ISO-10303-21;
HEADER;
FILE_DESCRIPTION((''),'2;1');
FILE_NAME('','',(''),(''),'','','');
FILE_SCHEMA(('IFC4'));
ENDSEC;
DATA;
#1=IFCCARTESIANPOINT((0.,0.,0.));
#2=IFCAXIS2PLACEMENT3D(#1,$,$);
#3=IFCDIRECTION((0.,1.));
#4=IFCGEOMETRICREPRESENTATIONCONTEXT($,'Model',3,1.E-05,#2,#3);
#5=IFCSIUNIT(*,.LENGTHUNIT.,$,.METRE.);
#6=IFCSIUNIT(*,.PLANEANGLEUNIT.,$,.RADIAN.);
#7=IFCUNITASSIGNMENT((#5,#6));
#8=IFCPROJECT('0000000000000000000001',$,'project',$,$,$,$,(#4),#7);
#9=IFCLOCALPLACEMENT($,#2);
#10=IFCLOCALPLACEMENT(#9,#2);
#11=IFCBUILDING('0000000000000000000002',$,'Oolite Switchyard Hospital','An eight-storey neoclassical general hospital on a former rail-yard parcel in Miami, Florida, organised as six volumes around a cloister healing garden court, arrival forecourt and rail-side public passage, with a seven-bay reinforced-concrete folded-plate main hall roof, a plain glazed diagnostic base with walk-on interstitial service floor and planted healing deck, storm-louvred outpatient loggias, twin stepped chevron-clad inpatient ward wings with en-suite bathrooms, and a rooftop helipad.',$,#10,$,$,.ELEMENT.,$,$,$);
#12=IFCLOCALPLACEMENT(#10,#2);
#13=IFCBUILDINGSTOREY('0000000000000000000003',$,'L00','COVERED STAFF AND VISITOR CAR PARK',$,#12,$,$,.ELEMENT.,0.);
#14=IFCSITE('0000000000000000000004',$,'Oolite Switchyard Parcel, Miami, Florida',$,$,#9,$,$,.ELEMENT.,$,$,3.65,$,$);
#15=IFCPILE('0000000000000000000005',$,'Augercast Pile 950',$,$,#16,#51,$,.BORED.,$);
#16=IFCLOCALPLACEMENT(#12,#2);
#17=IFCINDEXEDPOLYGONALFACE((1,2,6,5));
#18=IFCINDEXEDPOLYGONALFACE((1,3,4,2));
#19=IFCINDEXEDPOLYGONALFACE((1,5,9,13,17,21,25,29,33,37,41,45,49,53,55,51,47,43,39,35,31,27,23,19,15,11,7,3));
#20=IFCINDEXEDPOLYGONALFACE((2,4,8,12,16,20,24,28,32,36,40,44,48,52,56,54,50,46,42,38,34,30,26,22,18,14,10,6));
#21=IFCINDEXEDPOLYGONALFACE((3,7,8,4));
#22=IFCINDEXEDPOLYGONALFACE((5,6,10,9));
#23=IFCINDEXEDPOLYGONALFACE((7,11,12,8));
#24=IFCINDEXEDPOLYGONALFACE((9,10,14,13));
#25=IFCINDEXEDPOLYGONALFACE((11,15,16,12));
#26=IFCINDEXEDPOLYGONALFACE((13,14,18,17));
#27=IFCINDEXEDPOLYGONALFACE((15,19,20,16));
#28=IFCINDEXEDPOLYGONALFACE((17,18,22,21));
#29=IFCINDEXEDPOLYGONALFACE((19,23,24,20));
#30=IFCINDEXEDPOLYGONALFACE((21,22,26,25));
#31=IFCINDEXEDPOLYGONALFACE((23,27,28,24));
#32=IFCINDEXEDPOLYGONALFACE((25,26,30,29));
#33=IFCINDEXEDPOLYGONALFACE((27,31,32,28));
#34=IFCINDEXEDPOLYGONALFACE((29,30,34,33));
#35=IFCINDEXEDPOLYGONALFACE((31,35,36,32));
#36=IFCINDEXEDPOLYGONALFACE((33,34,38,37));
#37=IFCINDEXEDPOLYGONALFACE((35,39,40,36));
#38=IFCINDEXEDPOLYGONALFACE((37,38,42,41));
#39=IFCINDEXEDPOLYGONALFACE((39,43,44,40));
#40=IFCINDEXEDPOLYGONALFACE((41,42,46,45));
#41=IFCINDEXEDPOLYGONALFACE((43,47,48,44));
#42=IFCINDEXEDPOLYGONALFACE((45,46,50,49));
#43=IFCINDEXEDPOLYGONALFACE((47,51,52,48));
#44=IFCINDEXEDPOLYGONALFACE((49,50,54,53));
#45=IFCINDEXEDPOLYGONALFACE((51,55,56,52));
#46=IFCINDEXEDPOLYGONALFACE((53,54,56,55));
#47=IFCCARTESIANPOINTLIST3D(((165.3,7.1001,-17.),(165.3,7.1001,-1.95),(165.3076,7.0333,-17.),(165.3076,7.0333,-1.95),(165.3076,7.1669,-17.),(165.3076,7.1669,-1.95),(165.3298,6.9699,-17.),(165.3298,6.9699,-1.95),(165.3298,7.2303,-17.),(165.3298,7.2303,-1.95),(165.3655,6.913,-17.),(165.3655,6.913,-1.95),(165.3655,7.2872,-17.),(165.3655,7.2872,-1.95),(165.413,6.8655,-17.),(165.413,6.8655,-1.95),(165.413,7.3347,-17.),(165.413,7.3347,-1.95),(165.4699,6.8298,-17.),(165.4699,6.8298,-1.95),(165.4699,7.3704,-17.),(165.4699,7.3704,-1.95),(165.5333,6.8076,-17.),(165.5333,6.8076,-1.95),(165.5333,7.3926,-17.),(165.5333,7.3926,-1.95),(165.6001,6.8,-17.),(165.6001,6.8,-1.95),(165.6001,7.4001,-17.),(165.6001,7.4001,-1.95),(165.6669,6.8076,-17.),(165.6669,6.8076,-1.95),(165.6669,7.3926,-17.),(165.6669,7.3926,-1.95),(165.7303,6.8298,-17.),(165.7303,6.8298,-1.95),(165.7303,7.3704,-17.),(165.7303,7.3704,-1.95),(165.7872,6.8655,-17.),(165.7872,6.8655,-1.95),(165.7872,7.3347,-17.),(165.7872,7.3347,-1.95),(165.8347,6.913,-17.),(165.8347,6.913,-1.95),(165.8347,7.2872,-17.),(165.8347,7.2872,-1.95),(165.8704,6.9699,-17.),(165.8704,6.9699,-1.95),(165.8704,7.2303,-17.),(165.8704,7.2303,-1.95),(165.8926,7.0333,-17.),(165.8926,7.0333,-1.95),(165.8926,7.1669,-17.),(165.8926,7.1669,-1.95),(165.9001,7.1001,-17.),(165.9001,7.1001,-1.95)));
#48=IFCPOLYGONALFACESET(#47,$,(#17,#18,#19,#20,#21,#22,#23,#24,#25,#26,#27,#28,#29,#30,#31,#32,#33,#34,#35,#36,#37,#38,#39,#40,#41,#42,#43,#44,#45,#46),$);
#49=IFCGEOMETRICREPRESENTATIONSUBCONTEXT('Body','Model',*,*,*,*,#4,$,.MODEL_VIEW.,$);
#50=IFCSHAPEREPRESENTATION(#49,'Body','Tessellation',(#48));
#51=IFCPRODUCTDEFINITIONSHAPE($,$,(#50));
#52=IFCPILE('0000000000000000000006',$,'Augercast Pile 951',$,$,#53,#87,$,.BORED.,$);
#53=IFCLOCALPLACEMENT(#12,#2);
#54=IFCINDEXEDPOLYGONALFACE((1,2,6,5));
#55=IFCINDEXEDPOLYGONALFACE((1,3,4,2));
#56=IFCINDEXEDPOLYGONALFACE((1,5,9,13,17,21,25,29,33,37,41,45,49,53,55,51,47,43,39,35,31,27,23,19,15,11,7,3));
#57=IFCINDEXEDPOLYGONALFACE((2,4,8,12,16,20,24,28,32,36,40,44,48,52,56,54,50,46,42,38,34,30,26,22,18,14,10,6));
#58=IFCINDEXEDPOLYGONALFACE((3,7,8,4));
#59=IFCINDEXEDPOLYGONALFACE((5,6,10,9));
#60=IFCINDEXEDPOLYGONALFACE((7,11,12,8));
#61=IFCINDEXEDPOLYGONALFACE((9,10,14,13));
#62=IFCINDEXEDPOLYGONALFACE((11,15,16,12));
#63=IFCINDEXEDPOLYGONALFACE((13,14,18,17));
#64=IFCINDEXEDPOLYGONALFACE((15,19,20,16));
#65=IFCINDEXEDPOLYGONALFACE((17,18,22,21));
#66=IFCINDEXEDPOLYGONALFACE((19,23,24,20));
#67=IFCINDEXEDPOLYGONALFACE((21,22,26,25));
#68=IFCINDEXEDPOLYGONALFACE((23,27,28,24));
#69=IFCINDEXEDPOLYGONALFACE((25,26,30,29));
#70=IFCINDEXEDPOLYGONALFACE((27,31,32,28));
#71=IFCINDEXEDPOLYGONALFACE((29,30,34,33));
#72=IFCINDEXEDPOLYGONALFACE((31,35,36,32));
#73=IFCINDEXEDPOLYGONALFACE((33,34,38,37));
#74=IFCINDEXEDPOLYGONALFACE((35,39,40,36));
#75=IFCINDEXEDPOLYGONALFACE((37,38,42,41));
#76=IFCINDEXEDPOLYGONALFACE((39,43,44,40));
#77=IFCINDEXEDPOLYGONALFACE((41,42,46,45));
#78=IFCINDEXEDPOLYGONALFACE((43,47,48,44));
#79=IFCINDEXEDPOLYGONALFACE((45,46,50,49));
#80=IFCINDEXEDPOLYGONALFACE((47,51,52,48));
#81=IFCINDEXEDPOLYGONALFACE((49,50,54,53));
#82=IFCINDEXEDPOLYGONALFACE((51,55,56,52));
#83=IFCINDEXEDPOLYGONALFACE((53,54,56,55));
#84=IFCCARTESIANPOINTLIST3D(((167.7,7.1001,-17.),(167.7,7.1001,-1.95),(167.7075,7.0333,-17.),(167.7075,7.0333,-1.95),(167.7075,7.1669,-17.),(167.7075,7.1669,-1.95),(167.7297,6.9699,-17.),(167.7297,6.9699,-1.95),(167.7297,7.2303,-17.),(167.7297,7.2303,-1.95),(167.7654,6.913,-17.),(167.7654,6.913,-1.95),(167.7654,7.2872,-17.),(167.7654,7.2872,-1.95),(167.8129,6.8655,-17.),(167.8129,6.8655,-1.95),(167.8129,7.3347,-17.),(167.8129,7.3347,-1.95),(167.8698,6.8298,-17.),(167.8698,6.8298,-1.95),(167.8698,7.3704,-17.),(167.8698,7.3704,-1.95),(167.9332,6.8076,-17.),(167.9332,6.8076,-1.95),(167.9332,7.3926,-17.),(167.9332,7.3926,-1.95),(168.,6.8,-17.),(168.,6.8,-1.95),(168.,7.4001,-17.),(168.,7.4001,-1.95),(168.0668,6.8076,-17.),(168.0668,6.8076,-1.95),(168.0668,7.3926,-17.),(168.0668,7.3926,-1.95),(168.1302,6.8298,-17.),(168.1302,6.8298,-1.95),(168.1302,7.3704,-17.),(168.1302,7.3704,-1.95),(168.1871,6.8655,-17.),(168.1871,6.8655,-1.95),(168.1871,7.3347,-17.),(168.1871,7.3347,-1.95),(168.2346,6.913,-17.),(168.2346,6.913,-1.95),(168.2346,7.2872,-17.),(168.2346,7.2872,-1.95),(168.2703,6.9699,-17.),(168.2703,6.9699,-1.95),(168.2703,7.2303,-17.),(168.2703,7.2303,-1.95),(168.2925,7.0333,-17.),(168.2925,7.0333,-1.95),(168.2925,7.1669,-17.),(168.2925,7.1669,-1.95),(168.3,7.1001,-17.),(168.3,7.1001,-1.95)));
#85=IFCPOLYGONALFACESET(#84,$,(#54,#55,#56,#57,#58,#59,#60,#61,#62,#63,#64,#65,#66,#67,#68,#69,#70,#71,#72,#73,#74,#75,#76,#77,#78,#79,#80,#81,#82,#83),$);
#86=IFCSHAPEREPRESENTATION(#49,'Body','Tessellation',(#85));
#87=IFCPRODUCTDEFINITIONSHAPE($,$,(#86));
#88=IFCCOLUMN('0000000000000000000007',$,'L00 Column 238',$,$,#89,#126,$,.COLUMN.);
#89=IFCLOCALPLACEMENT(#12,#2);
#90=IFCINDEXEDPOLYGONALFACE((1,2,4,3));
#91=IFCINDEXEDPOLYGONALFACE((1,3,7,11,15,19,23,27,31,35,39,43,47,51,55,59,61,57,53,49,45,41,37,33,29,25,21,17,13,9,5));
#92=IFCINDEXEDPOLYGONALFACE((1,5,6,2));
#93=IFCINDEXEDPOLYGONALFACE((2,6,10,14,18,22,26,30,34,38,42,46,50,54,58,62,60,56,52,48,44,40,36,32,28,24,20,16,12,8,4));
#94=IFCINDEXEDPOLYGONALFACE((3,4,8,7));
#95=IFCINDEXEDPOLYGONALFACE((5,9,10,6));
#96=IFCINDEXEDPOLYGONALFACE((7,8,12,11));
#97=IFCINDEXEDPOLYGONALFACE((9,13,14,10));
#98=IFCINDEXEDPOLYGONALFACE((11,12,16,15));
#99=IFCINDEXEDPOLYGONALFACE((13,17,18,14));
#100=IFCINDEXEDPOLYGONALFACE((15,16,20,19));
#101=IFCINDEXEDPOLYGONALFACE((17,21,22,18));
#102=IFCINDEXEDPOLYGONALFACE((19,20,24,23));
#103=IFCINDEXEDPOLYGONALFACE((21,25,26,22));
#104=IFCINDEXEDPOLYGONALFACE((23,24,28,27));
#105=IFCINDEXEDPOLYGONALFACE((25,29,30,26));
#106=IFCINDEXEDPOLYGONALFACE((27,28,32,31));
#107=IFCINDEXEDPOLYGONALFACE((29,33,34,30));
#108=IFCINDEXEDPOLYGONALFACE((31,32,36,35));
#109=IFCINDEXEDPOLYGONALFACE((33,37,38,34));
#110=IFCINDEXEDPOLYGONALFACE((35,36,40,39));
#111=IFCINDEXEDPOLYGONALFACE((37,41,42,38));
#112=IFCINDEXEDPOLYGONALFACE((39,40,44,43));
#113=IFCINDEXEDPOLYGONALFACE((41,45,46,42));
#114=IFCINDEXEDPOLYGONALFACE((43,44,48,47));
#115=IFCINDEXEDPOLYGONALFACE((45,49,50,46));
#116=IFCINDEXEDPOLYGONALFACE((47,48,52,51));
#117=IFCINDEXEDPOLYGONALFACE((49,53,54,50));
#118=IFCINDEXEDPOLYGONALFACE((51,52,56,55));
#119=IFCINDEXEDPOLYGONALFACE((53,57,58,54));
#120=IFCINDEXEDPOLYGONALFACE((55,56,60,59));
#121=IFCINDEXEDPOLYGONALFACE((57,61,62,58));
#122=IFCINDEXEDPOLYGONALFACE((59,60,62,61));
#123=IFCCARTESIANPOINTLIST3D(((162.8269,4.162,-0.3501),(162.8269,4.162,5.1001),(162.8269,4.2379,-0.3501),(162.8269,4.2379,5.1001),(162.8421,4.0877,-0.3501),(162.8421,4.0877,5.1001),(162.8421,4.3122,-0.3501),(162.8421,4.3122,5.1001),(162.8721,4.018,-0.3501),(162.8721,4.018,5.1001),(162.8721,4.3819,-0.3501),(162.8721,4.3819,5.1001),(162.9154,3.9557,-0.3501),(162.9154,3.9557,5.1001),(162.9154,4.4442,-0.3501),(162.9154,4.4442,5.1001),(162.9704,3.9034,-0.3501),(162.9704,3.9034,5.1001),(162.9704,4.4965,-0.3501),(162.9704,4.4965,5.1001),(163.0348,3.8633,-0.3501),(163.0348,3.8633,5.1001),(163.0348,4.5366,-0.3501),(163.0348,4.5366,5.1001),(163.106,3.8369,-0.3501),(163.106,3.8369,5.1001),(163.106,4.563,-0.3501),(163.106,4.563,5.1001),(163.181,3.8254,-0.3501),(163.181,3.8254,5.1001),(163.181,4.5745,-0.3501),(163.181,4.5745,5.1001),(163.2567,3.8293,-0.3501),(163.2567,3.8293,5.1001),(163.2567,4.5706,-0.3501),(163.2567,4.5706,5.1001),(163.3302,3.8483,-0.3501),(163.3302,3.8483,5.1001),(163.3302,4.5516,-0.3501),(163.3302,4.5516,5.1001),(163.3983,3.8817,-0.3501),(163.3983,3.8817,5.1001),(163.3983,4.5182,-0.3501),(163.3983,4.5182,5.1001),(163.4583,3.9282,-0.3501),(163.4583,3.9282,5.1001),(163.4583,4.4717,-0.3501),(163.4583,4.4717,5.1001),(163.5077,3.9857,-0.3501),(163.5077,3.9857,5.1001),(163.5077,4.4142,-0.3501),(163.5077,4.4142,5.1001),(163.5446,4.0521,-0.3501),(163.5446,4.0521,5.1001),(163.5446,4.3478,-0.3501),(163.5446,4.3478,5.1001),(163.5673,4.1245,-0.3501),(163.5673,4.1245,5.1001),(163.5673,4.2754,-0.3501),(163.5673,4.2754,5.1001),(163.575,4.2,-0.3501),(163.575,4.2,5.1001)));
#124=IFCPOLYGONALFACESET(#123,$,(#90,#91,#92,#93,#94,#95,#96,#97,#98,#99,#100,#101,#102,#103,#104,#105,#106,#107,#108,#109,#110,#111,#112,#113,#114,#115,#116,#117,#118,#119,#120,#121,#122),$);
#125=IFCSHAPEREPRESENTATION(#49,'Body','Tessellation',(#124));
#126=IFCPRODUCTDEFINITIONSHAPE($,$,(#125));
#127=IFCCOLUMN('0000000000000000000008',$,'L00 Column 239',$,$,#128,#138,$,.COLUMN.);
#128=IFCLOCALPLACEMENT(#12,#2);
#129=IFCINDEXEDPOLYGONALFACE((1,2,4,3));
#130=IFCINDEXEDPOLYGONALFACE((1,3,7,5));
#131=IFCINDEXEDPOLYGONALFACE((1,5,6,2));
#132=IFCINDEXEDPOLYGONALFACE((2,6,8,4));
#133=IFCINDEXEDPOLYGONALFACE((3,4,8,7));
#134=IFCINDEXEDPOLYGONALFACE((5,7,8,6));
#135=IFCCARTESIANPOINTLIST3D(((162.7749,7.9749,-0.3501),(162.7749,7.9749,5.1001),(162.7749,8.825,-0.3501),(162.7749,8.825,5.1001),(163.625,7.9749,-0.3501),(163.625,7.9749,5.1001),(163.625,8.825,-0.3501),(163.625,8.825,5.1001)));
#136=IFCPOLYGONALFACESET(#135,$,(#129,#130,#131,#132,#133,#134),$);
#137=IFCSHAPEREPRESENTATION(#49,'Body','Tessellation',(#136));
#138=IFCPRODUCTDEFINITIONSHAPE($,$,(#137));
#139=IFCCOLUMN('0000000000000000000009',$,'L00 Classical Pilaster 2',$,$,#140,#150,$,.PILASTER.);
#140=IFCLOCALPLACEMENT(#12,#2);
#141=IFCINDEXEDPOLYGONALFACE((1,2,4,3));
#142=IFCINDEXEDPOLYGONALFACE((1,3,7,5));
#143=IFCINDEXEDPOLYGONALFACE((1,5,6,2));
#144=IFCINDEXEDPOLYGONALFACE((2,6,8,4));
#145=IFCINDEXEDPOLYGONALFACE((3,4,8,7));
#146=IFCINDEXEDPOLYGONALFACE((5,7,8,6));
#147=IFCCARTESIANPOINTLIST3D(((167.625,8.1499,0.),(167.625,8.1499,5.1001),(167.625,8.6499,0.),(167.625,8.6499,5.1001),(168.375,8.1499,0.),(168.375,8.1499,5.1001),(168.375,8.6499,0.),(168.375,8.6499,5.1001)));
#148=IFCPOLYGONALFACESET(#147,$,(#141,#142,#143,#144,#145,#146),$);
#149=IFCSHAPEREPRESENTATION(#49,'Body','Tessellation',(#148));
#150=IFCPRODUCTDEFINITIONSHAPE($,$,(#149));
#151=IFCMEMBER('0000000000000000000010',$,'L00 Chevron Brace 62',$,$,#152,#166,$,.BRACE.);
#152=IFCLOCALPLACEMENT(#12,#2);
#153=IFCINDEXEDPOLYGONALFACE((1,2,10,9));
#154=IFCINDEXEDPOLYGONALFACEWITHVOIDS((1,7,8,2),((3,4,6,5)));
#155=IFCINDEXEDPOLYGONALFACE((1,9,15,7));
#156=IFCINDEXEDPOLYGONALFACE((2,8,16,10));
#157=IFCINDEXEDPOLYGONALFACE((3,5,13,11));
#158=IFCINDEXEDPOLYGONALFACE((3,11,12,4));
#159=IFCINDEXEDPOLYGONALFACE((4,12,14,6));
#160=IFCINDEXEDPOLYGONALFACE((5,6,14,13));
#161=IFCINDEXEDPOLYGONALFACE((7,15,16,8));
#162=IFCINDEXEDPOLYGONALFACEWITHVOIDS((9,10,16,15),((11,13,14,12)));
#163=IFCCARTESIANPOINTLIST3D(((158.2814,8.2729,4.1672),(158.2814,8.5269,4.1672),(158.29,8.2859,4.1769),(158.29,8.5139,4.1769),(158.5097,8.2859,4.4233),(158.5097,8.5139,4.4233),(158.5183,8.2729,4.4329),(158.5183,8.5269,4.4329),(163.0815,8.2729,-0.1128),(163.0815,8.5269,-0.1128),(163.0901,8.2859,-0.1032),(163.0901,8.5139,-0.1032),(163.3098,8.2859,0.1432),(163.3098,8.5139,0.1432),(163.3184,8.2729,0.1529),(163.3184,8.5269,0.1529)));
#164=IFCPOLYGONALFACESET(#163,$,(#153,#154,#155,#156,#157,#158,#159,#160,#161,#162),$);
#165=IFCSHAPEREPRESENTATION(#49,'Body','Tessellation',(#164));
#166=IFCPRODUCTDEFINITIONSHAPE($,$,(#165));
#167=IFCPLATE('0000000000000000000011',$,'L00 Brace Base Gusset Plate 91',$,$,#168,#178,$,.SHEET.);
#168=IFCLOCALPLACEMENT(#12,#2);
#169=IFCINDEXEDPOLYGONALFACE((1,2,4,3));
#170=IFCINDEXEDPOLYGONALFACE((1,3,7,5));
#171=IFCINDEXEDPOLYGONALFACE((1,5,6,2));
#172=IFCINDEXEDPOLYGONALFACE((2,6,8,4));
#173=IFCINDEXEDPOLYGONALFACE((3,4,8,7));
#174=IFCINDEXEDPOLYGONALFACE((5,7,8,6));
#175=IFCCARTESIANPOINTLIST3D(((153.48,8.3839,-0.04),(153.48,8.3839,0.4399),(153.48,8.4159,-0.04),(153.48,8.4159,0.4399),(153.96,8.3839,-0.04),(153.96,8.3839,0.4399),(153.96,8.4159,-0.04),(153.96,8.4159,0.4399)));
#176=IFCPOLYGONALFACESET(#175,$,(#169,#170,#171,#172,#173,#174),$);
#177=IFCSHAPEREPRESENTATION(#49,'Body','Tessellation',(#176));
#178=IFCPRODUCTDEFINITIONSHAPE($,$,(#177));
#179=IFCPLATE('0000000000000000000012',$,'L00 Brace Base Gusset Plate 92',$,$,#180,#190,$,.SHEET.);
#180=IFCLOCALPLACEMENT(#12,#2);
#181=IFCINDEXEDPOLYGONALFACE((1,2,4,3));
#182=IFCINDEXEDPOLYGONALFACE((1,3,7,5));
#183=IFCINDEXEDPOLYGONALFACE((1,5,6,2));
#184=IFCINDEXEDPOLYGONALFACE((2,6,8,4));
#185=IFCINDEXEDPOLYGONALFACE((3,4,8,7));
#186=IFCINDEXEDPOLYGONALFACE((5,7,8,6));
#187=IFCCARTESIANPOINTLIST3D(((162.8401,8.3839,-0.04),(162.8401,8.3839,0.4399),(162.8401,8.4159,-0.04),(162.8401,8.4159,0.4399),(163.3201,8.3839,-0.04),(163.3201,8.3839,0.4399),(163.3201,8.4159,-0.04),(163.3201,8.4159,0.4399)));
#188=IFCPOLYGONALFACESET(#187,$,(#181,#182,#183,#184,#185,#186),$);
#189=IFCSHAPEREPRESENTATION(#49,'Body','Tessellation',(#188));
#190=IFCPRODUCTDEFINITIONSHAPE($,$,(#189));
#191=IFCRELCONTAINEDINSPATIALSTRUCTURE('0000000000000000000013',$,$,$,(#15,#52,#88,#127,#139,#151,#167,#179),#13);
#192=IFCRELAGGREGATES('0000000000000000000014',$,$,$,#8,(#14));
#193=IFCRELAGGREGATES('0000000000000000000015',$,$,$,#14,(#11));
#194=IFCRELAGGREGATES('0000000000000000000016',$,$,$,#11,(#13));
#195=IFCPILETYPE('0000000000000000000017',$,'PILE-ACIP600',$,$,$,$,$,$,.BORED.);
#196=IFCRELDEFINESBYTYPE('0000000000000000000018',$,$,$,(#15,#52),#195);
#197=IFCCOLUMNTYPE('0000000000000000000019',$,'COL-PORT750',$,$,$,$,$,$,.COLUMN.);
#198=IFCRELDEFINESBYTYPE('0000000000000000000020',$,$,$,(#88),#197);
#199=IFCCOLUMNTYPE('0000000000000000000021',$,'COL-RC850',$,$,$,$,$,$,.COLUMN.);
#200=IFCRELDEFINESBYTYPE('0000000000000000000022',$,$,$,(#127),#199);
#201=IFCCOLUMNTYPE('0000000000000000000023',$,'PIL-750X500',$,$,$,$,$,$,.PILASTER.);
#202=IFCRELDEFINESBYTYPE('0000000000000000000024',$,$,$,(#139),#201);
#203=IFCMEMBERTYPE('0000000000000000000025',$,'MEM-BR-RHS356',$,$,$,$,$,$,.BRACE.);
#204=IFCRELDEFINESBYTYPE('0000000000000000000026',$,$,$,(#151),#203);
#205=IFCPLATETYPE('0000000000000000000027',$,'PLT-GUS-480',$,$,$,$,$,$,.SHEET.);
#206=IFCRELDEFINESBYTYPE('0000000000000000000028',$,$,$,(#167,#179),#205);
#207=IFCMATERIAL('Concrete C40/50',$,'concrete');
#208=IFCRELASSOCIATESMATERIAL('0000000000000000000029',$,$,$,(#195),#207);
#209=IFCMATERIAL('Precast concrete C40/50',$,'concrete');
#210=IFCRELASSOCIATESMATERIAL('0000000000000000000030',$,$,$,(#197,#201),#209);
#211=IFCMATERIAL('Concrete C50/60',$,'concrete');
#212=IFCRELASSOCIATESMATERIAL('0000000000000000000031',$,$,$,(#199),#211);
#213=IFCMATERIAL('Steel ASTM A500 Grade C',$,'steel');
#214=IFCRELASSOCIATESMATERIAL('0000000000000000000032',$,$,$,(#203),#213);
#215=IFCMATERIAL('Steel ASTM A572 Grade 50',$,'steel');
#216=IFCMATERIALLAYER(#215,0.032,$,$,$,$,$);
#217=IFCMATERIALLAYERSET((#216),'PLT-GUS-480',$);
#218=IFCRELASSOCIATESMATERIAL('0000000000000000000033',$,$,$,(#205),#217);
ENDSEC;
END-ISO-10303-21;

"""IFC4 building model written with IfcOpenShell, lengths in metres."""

from ifc_helpers import new_model, si_unit, direction, frame, origin, origin_2d, place, context, subcontext, project, spatial, rectangle, hollow_rectangle, circle, extrude, material, layer, layer_set, material_profile, profile_set, type_object, element, save


model = new_model("IFC4")

# Units and contexts
model_context = context("Model", 3, precision=1e-05, world=origin(), true_north=direction((0.0, 1.0)))
body_context = subcontext(model_context, "Body", "Model", "MODEL_VIEW")
ifc_project = project(units=[si_unit("LENGTHUNIT", "METRE"), si_unit("PLANEANGLEUNIT", "RADIAN")], contexts=[model_context])

# Site, building, storey
site_placement = place(None, origin())
site = spatial("IfcSite", under=ifc_project, at=site_placement, Name="Oolite Switchyard Parcel, Miami, Florida", CompositionType="ELEMENT", RefElevation=3.65)
building_placement = place(site_placement, origin())
building = spatial("IfcBuilding", under=site, at=building_placement, Name="Oolite Switchyard Hospital", Description="An eight-storey neoclassical general hospital on a former rail-yard parcel in Miami, Florida, organised as six volumes around a cloister healing garden court, arrival forecourt and rail-side public passage, with a seven-bay reinforced-concrete folded-plate main hall roof, a plain glazed diagnostic base with walk-on interstitial service floor and planted healing deck, storm-louvred outpatient loggias, twin stepped chevron-clad inpatient ward wings with en-suite bathrooms, and a rooftop helipad.", CompositionType="ELEMENT")
storey_placement = place(building_placement, origin())
storey = spatial("IfcBuildingStorey", under=building, at=storey_placement, Name="L00", Description="COVERED STAFF AND VISITOR CAR PARK", CompositionType="ELEMENT", Elevation=0.0)

# Shared definitions
ifc_material_1 = material(Name="Concrete C40/50", Category="concrete")

# Piles
ifc_material_profile_1 = material_profile(ifc_material_1, circle(Radius=0.3, at=origin_2d()), Name="PILE600")
ifc_profile_set_1 = profile_set([ifc_material_profile_1], Name="Concrete C40/50")
pile_type = type_object("IfcPileType", Name="PILE-ACIP600", PredefinedType="BORED", material=ifc_profile_set_1)
for number, where, z_axis, x_axis, name in (
    (1, (165.6001, 7.1001, -1.95), (0.0, 0.0, -1.0), (1.0, 0.0, 0.0), "Augercast Pile 950"),
    (2, (168.0, 7.1001, -1.95), (0.0, 0.0, -1.0), (1.0, 0.0, 0.0), "Augercast Pile 951"),
):
    element("IfcPile", number, at=place(storey_placement, frame(where, z_axis=z_axis, x_axis=x_axis)), inside=storey, type_object=pile_type, Name=name, PredefinedType="BORED", context=body_context, shape_type="SweptSolid", body=[
        extrude(circle(Radius=0.3, at=origin_2d()), origin(), (0.0, 0.0, 1.0), 15.05),
    ])

# Columns
ifc_material_2 = material(Name="Precast concrete C40/50", Category="concrete")
ifc_material_profile_2 = material_profile(ifc_material_2, circle(Radius=0.375, at=origin_2d()), Name="RCCOL750")
ifc_profile_set_2 = profile_set([ifc_material_profile_2], Name="Precast concrete C40/50")
column_type_1 = type_object("IfcColumnType", Name="COL-PORT750", PredefinedType="COLUMN", material=ifc_profile_set_2)
column_1_placement = place(storey_placement, frame((163.2, 4.2, -0.3501), z_axis=(0.0, 0.0, 1.0), x_axis=(1.0, 0.0, 0.0)))
element("IfcColumn", 3, at=column_1_placement, inside=storey, type_object=column_type_1, Name="L00 Column 238", PredefinedType="COLUMN", context=body_context, shape_type="SweptSolid", body=[
    extrude(circle(Radius=0.375, at=origin_2d()), origin(), (0.0, 0.0, 1.0), 5.4502),
])
ifc_material_3 = material(Name="Concrete C50/60", Category="concrete")
ifc_material_profile_3 = material_profile(ifc_material_3, rectangle(XDim=0.8501, YDim=0.8501, at=origin_2d()), Name="RC850X850")
ifc_profile_set_3 = profile_set([ifc_material_profile_3], Name="Concrete C50/60")
column_type_2 = type_object("IfcColumnType", Name="COL-RC850", PredefinedType="COLUMN", material=ifc_profile_set_3)
column_2_placement = place(storey_placement, frame((163.2, 8.3999, -0.3501), z_axis=(0.0, 0.0, 1.0), x_axis=(1.0, 0.0, 0.0)))
element("IfcColumn", 4, at=column_2_placement, inside=storey, type_object=column_type_2, Name="L00 Column 239", PredefinedType="COLUMN", context=body_context, shape_type="SweptSolid", body=[
    extrude(rectangle(XDim=0.8501, YDim=0.8501, at=origin_2d()), origin(), (0.0, 0.0, 1.0), 5.4502),
])
ifc_material_profile_4 = material_profile(ifc_material_2, rectangle(XDim=0.75, YDim=0.5, at=origin_2d()), Name="PIL750X500")
ifc_profile_set_4 = profile_set([ifc_material_profile_4], Name="Precast concrete C40/50")
column_type_3 = type_object("IfcColumnType", Name="PIL-750X500", PredefinedType="PILASTER", material=ifc_profile_set_4)
column_3_placement = place(storey_placement, frame((168.0, 8.3999, 0.0), z_axis=(0.0, 0.0, 1.0), x_axis=(1.0, 0.0, 0.0)))
element("IfcColumn", 5, at=column_3_placement, inside=storey, type_object=column_type_3, Name="L00 Classical Pilaster 2", PredefinedType="PILASTER", context=body_context, shape_type="SweptSolid", body=[
    extrude(rectangle(XDim=0.75, YDim=0.5, at=origin_2d()), origin(), (0.0, 0.0, 1.0), 5.1001),
])

# Member
ifc_material_4 = material(Name="Steel ASTM A500 Grade C", Category="steel")
ifc_material_profile_5 = material_profile(ifc_material_4, hollow_rectangle(XDim=0.2539, YDim=0.356, WallThickness=0.0129, at=origin_2d()), Name="HSS356X254X13")
ifc_profile_set_5 = profile_set([ifc_material_profile_5], Name="Steel ASTM A500 Grade C")
member_type = type_object("IfcMemberType", Name="MEM-BR-RHS356", PredefinedType="BRACE", material=ifc_profile_set_5)
member_placement = place(storey_placement, frame((163.2, 8.3999, 0.02), z_axis=(-0.74638, 0.0, 0.66552), x_axis=(0.0, -1.0, 0.0)))
element("IfcMember", 6, at=member_placement, inside=storey, type_object=member_type, Name="L00 Chevron Brace 62", PredefinedType="BRACE", context=body_context, shape_type="SweptSolid", body=[
    extrude(hollow_rectangle(XDim=0.2539, YDim=0.356, WallThickness=0.0129, at=origin_2d()), origin(), (0.0, 0.0, 1.0), 6.4312),
])

# Plates
ifc_material_5 = material(Name="Steel ASTM A572 Grade 50", Category="steel")
ifc_layer_1 = layer(ifc_material_5, 0.032)
ifc_layer_set_1 = layer_set([ifc_layer_1], Name="PLT-GUS-480")
plate_type = type_object("IfcPlateType", Name="PLT-GUS-480", PredefinedType="SHEET", material=ifc_layer_set_1)
for number, where, z_axis, x_axis, name in (
    (7, (153.72, 8.3999, -0.04), (0.0, 0.0, 1.0), (1.0, 0.0, 0.0), "L00 Brace Base Gusset Plate 91"),
    (8, (163.0801, 8.3999, -0.04), (0.0, 0.0, 1.0), (1.0, 0.0, 0.0), "L00 Brace Base Gusset Plate 92"),
):
    element("IfcPlate", number, at=place(storey_placement, frame(where, z_axis=z_axis, x_axis=x_axis)), inside=storey, type_object=plate_type, Name=name, PredefinedType="SHEET", context=body_context, shape_type="SweptSolid", body=[
        extrude(rectangle(XDim=0.48, YDim=0.032, at=origin_2d()), origin(), (0.0, 0.0, 1.0), 0.48),
    ])

save(model, "model.ifc")
